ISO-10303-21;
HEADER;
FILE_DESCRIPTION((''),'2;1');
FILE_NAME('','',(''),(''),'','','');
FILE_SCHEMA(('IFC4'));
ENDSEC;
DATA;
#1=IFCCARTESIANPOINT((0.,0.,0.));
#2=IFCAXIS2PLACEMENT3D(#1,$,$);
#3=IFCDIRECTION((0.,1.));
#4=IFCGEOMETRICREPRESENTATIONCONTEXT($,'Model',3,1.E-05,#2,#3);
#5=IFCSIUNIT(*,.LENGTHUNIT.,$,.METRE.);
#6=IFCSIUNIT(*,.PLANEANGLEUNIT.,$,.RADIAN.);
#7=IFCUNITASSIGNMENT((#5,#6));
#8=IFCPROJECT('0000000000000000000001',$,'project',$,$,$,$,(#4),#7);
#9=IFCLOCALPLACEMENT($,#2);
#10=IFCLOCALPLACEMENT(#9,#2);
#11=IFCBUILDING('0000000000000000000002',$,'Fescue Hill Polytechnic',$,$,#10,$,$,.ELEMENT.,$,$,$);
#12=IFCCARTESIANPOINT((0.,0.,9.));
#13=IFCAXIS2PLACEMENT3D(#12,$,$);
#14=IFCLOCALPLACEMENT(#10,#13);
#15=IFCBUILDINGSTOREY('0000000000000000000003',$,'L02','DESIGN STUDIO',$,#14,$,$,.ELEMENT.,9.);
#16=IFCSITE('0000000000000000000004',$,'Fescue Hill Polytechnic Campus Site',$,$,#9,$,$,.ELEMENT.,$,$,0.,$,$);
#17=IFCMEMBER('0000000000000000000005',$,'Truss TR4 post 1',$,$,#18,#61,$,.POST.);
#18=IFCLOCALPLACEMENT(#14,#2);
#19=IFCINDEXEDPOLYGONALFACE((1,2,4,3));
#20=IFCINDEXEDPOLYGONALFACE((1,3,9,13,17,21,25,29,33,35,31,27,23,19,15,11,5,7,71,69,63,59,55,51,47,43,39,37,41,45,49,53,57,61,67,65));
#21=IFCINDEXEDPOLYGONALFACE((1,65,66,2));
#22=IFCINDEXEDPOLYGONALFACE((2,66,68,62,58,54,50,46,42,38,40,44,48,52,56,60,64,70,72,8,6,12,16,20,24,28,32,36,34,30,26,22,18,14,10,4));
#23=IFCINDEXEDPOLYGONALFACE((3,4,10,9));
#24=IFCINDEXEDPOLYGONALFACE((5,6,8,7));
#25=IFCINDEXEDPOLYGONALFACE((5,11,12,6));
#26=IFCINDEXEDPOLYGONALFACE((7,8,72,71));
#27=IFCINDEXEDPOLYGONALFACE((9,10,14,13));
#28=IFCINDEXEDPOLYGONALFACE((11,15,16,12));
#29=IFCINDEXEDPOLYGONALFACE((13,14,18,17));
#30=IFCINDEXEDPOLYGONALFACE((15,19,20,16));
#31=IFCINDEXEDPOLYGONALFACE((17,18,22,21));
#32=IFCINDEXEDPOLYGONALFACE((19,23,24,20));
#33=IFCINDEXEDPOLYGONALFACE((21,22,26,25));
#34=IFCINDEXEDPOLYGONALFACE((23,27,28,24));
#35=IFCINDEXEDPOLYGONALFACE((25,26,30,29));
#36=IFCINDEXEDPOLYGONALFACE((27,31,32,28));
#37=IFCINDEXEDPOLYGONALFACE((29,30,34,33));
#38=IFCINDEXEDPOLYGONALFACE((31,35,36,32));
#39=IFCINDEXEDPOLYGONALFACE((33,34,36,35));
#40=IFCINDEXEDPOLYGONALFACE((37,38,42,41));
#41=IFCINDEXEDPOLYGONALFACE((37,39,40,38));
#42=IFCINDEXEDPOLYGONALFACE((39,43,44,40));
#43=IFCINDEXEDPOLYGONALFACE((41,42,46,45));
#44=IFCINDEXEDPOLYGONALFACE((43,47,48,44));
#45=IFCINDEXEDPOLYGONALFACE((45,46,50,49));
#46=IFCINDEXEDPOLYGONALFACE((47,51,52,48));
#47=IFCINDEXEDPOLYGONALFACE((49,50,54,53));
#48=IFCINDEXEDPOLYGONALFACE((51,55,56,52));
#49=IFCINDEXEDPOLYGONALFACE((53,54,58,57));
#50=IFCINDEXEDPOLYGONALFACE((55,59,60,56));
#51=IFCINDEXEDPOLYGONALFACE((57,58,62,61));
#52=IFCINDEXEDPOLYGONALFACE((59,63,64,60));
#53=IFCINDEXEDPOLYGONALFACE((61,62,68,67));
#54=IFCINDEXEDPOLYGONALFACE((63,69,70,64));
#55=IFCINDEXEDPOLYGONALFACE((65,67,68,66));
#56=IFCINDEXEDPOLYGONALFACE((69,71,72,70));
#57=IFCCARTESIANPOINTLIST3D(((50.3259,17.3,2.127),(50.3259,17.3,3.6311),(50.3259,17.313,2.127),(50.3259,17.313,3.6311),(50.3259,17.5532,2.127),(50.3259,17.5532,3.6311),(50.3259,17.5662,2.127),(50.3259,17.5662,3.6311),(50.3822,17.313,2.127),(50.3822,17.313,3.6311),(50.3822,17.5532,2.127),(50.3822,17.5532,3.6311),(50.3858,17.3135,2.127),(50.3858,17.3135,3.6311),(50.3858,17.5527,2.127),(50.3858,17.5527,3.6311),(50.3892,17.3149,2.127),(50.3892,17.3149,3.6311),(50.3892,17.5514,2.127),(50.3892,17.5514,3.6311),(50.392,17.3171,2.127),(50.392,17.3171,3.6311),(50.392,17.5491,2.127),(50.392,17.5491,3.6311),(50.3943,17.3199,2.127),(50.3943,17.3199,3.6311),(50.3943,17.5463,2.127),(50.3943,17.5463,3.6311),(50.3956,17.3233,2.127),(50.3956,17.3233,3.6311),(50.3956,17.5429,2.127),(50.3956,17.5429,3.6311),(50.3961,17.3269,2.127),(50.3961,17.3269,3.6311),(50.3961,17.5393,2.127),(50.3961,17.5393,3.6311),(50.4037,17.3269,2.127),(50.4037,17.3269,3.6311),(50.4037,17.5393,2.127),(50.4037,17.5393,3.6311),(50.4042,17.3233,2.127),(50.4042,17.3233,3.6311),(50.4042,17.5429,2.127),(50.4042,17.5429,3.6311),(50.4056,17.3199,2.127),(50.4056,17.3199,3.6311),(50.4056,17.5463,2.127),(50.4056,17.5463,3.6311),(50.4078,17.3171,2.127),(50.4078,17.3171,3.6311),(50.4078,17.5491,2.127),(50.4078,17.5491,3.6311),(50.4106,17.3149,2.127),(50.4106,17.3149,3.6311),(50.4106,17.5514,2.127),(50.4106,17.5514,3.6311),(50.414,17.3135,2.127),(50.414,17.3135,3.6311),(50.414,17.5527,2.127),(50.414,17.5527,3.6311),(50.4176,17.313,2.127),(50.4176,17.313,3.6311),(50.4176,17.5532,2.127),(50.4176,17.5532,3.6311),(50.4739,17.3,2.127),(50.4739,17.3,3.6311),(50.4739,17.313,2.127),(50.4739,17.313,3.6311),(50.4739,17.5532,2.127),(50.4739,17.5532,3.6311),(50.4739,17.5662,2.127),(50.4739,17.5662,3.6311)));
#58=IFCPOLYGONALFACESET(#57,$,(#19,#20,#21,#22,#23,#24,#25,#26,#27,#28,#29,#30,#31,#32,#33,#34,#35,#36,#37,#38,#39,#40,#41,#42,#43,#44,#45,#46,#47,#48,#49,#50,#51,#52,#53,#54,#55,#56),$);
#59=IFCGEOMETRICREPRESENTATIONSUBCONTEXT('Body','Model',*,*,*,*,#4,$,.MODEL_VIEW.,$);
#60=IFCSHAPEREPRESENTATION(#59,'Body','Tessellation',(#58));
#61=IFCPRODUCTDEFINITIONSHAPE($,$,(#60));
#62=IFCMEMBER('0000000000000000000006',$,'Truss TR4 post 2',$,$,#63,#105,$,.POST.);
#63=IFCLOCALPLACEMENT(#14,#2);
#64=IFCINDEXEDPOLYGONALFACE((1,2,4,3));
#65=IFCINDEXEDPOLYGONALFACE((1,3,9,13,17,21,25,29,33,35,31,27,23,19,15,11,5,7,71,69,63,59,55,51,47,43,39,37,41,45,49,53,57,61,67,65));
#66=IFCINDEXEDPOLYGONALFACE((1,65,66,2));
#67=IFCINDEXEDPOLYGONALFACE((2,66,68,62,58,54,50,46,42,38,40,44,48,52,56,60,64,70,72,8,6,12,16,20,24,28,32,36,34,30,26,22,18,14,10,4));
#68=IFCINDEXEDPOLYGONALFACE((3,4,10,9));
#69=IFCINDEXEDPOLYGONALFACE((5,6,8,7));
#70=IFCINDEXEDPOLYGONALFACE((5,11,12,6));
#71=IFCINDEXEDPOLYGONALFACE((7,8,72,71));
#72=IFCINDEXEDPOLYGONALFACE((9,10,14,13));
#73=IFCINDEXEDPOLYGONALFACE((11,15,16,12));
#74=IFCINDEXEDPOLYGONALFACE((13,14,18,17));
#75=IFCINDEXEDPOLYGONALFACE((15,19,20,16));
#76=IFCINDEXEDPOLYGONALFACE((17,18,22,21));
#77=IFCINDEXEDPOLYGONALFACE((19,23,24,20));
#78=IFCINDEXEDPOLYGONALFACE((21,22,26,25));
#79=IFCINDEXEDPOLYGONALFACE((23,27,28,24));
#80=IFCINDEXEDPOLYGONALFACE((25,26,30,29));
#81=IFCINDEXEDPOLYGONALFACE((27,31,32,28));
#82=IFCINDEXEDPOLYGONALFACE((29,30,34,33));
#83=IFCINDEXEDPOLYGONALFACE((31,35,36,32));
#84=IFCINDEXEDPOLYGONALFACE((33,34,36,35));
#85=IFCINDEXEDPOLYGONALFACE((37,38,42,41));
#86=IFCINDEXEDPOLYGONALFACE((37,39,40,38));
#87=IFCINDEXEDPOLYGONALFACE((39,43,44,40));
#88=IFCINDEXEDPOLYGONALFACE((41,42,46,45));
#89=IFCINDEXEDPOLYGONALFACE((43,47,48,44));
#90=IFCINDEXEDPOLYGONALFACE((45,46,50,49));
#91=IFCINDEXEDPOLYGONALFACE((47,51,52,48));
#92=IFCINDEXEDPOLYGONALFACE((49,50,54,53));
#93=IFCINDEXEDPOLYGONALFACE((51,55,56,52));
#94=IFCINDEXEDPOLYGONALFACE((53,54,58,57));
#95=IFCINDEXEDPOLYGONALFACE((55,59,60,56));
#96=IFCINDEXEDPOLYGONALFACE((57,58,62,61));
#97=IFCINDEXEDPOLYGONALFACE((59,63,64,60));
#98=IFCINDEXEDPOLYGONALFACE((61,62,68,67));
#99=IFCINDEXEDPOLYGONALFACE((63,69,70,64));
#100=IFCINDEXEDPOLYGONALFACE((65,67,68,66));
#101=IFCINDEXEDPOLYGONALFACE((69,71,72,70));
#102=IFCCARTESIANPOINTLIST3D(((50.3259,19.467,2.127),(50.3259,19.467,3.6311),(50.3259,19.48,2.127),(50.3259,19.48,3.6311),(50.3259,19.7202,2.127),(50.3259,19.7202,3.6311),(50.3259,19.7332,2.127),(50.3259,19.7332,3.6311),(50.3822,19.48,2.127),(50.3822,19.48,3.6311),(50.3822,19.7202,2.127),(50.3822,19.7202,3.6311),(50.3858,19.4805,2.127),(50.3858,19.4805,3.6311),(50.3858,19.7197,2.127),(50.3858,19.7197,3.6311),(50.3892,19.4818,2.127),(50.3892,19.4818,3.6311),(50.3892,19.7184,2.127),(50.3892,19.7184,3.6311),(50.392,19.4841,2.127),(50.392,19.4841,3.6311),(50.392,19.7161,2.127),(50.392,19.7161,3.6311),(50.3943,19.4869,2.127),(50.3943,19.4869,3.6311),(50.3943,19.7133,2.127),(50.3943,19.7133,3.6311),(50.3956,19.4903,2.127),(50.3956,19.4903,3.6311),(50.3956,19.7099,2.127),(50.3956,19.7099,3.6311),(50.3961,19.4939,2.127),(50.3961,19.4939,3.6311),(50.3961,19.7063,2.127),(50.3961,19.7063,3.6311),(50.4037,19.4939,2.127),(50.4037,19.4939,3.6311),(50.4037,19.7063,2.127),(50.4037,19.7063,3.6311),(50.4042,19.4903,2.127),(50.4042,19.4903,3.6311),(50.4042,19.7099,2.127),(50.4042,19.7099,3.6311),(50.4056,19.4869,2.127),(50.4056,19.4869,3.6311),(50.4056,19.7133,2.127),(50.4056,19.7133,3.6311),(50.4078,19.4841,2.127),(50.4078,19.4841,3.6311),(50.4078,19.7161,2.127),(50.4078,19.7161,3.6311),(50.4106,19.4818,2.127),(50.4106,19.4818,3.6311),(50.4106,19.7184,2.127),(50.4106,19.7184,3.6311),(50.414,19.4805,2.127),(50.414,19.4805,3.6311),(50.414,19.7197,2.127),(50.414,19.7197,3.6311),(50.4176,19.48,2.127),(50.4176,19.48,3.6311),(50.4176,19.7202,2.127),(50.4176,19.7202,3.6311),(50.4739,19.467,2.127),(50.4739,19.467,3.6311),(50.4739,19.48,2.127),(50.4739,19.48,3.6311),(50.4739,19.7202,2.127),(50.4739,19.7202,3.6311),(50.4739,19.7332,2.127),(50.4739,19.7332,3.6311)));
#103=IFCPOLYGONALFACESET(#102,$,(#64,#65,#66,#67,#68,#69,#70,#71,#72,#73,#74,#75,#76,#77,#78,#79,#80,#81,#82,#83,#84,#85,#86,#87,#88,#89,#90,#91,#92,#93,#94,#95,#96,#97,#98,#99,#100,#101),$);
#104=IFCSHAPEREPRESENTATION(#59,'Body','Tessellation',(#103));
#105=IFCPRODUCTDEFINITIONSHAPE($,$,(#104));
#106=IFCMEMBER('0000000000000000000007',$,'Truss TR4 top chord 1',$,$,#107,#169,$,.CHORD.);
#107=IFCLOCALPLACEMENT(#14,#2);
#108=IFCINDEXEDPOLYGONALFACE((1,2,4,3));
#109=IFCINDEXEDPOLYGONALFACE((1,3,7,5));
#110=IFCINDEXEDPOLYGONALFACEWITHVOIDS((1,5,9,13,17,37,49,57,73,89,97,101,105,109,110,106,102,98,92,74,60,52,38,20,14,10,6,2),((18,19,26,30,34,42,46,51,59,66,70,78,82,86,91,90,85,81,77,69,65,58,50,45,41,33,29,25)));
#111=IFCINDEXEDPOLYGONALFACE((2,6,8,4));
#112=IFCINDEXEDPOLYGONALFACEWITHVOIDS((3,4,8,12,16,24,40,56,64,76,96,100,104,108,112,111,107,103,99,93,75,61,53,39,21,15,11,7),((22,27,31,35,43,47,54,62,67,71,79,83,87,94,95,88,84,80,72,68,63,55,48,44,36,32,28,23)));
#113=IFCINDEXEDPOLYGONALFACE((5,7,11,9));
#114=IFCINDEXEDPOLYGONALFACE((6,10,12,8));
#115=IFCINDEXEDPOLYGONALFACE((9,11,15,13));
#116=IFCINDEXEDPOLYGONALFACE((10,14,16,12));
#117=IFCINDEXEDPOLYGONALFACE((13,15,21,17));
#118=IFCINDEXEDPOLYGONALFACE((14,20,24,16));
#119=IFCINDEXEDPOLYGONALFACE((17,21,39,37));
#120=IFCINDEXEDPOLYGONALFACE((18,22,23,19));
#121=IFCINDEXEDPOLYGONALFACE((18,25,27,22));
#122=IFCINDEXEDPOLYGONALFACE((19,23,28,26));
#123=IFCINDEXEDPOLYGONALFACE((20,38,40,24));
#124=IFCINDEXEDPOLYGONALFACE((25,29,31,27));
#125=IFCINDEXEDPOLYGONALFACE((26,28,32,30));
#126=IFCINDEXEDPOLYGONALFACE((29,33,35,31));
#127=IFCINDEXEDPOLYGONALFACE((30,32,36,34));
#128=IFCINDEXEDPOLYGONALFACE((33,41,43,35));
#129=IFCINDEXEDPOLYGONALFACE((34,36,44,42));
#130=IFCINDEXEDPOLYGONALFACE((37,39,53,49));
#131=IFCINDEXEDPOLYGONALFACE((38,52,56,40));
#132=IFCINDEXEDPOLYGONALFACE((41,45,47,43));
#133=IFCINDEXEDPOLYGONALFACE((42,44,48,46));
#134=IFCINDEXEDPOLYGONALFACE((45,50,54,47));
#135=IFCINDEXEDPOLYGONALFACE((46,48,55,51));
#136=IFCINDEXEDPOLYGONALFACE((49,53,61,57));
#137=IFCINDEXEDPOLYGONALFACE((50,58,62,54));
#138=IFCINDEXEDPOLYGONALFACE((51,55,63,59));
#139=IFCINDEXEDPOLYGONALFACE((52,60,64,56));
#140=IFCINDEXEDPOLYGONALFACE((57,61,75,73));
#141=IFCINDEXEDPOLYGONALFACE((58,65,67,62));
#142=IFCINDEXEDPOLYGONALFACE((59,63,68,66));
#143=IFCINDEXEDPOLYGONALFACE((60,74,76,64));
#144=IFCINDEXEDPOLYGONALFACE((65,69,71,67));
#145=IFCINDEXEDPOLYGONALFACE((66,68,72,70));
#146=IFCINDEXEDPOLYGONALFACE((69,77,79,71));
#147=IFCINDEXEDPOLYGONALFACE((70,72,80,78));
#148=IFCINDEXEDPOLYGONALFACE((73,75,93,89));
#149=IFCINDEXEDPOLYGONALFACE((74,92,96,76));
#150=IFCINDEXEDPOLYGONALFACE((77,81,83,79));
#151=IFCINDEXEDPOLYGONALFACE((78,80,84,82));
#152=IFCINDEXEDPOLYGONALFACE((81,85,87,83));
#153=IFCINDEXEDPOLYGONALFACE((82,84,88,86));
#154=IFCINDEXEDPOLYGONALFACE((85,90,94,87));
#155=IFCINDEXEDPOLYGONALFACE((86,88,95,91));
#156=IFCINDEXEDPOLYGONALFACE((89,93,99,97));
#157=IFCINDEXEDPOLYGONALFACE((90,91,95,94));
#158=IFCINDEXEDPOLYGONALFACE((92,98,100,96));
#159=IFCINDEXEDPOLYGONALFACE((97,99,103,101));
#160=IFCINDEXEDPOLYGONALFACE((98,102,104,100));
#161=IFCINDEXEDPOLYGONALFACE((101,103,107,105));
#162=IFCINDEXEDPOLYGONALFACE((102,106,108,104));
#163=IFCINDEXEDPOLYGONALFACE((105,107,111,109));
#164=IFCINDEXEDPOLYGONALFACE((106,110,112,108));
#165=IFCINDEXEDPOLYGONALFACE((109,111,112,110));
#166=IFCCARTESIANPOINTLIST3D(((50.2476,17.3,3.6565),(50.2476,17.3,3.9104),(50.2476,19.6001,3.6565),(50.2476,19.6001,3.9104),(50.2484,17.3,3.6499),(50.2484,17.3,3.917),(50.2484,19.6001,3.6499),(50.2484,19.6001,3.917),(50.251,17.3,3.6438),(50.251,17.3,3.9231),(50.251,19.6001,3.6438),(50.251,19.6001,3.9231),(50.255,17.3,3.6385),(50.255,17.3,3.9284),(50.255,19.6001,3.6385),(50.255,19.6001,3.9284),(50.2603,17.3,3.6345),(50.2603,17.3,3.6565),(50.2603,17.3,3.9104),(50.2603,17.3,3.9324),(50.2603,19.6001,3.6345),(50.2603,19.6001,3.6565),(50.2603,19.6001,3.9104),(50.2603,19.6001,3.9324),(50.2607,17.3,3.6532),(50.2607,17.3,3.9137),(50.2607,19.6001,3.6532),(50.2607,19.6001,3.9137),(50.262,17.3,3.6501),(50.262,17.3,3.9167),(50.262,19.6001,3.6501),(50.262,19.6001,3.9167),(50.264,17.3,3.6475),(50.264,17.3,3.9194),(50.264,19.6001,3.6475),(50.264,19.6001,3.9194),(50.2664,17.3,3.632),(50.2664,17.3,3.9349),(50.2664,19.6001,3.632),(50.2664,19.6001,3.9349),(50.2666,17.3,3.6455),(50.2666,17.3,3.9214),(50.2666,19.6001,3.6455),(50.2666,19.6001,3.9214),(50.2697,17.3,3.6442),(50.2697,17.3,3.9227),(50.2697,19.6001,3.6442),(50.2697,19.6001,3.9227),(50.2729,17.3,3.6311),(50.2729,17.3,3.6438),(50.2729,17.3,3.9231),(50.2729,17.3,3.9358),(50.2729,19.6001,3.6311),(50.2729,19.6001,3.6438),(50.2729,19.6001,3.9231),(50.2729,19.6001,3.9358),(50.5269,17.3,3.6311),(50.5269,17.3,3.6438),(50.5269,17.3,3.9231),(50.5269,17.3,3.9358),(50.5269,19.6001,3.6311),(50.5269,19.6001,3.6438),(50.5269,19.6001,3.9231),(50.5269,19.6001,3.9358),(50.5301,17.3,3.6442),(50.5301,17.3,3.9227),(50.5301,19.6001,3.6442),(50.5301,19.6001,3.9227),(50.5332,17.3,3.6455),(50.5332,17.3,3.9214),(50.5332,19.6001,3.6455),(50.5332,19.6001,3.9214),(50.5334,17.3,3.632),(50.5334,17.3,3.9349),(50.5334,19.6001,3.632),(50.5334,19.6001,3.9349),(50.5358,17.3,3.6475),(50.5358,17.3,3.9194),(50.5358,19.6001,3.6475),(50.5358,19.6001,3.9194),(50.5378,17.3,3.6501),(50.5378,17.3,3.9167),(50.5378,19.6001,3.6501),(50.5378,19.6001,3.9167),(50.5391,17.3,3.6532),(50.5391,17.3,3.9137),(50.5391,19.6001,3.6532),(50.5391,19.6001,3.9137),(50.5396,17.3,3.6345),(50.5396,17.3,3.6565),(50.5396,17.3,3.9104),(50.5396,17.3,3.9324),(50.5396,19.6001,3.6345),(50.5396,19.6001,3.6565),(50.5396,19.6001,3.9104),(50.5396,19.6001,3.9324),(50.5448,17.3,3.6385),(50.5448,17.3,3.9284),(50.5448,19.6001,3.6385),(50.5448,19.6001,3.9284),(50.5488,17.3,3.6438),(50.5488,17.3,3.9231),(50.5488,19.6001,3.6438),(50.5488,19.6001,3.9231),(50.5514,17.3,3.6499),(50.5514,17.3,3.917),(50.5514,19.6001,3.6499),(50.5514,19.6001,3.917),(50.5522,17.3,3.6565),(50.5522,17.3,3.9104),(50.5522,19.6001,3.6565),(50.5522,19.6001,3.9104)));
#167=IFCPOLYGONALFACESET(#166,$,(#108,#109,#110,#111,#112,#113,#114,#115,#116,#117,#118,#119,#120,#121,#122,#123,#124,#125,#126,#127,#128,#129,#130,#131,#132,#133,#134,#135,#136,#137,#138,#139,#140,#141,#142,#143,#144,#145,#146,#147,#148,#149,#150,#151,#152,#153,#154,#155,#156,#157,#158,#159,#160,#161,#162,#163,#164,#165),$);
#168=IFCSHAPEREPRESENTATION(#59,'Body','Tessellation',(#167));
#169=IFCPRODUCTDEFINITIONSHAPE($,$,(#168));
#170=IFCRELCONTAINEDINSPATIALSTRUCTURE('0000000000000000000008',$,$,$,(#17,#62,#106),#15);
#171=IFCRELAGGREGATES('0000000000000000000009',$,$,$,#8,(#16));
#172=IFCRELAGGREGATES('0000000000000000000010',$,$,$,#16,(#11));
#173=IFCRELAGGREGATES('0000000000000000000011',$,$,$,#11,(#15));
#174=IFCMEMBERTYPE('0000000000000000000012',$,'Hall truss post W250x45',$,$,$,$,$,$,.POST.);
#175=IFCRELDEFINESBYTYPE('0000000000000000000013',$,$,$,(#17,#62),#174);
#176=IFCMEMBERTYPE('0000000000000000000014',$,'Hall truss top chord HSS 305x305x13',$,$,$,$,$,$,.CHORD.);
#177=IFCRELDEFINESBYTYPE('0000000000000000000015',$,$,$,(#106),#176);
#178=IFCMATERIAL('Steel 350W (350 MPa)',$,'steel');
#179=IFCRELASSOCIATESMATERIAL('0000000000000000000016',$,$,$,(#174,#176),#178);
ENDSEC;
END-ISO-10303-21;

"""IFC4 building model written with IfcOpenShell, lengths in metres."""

from ifc_helpers import new_model, si_unit, direction, frame, origin, origin_2d, place, context, subcontext, project, spatial, hollow_rectangle, i_section, extrude, material, material_profile, profile_set, type_object, element, save


model = new_model("IFC4")

# Units and contexts
model_context = context("Model", 3, precision=1e-05, world=origin(), true_north=direction((0.0, 1.0)))
body_context = subcontext(model_context, "Body", "Model", "MODEL_VIEW")
ifc_project = project(units=[si_unit("LENGTHUNIT", "METRE"), si_unit("PLANEANGLEUNIT", "RADIAN")], contexts=[model_context])

# Site, building, storey
site_placement = place(None, origin())
site = spatial("IfcSite", under=ifc_project, at=site_placement, Name="Fescue Hill Polytechnic Campus Site", CompositionType="ELEMENT", RefElevation=0.0)
building_placement = place(site_placement, origin())
building = spatial("IfcBuilding", under=site, at=building_placement, Name="Fescue Hill Polytechnic", CompositionType="ELEMENT")
storey_placement = place(building_placement, frame((0.0, 0.0, 9.0)))
storey = spatial("IfcBuildingStorey", under=building, at=storey_placement, Name="L02", Description="DESIGN STUDIO", CompositionType="ELEMENT", Elevation=9.0)

# Members
ifc_material_1 = material(Name="Steel 350W (350 MPa)", Category="steel")
ifc_material_profile_1 = material_profile(ifc_material_1, i_section(OverallWidth=0.1479, OverallDepth=0.2661, WebThickness=0.0076, FlangeThickness=0.0129, FilletRadius=0.0139, at=origin_2d()), Name="W250x45")
ifc_profile_set_1 = profile_set([ifc_material_profile_1], Name="Steel 350W (350 MPa)")
member_type_1 = type_object("IfcMemberType", Name="Hall truss post W250x45", PredefinedType="POST", material=ifc_profile_set_1)
for number, where, z_axis, x_axis, name in (
    (1, (50.3999, 17.4331, 2.127), (0.0, 0.0, 1.0), (1.0, 0.0, 0.0), "Truss TR4 post 1"),
    (2, (50.3999, 19.6001, 2.127), (0.0, 0.0, 1.0), (1.0, 0.0, 0.0), "Truss TR4 post 2"),
):
    element("IfcMember", number, at=place(storey_placement, frame(where, z_axis=z_axis, x_axis=x_axis)), inside=storey, type_object=member_type_1, Name=name, PredefinedType="POST", context=body_context, shape_type="SweptSolid", body=[
        extrude(i_section(OverallWidth=0.1479, OverallDepth=0.2661, WebThickness=0.0076, FlangeThickness=0.0129, FilletRadius=0.0139, at=origin_2d()), origin(), (0.0, 0.0, 1.0), 1.5042),
    ])
ifc_material_profile_2 = material_profile(ifc_material_1, hollow_rectangle(XDim=0.3047, YDim=0.3047, WallThickness=0.0127, InnerFilletRadius=0.0127, OuterFilletRadius=0.0254, at=origin_2d()), Name="Hall truss top chord HSS 305x305x13")
ifc_profile_set_2 = profile_set([ifc_material_profile_2], Name="Steel 350W (350 MPa)")
member_type_2 = type_object("IfcMemberType", Name="Hall truss top chord HSS 305x305x13", PredefinedType="CHORD", material=ifc_profile_set_2)
member_1_placement = place(storey_placement, frame((50.3999, 17.3, 3.7834), z_axis=(0.0, 1.0, 0.0), x_axis=(-1.0, 0.0, 0.0)))
element("IfcMember", 3, at=member_1_placement, inside=storey, type_object=member_type_2, Name="Truss TR4 top chord 1", PredefinedType="CHORD", context=body_context, shape_type="SweptSolid", body=[
    extrude(hollow_rectangle(XDim=0.3047, YDim=0.3047, WallThickness=0.0127, InnerFilletRadius=0.0127, OuterFilletRadius=0.0254, at=origin_2d()), origin(), (0.0, 0.0, 1.0), 2.3),
])

save(model, "model.ifc")
